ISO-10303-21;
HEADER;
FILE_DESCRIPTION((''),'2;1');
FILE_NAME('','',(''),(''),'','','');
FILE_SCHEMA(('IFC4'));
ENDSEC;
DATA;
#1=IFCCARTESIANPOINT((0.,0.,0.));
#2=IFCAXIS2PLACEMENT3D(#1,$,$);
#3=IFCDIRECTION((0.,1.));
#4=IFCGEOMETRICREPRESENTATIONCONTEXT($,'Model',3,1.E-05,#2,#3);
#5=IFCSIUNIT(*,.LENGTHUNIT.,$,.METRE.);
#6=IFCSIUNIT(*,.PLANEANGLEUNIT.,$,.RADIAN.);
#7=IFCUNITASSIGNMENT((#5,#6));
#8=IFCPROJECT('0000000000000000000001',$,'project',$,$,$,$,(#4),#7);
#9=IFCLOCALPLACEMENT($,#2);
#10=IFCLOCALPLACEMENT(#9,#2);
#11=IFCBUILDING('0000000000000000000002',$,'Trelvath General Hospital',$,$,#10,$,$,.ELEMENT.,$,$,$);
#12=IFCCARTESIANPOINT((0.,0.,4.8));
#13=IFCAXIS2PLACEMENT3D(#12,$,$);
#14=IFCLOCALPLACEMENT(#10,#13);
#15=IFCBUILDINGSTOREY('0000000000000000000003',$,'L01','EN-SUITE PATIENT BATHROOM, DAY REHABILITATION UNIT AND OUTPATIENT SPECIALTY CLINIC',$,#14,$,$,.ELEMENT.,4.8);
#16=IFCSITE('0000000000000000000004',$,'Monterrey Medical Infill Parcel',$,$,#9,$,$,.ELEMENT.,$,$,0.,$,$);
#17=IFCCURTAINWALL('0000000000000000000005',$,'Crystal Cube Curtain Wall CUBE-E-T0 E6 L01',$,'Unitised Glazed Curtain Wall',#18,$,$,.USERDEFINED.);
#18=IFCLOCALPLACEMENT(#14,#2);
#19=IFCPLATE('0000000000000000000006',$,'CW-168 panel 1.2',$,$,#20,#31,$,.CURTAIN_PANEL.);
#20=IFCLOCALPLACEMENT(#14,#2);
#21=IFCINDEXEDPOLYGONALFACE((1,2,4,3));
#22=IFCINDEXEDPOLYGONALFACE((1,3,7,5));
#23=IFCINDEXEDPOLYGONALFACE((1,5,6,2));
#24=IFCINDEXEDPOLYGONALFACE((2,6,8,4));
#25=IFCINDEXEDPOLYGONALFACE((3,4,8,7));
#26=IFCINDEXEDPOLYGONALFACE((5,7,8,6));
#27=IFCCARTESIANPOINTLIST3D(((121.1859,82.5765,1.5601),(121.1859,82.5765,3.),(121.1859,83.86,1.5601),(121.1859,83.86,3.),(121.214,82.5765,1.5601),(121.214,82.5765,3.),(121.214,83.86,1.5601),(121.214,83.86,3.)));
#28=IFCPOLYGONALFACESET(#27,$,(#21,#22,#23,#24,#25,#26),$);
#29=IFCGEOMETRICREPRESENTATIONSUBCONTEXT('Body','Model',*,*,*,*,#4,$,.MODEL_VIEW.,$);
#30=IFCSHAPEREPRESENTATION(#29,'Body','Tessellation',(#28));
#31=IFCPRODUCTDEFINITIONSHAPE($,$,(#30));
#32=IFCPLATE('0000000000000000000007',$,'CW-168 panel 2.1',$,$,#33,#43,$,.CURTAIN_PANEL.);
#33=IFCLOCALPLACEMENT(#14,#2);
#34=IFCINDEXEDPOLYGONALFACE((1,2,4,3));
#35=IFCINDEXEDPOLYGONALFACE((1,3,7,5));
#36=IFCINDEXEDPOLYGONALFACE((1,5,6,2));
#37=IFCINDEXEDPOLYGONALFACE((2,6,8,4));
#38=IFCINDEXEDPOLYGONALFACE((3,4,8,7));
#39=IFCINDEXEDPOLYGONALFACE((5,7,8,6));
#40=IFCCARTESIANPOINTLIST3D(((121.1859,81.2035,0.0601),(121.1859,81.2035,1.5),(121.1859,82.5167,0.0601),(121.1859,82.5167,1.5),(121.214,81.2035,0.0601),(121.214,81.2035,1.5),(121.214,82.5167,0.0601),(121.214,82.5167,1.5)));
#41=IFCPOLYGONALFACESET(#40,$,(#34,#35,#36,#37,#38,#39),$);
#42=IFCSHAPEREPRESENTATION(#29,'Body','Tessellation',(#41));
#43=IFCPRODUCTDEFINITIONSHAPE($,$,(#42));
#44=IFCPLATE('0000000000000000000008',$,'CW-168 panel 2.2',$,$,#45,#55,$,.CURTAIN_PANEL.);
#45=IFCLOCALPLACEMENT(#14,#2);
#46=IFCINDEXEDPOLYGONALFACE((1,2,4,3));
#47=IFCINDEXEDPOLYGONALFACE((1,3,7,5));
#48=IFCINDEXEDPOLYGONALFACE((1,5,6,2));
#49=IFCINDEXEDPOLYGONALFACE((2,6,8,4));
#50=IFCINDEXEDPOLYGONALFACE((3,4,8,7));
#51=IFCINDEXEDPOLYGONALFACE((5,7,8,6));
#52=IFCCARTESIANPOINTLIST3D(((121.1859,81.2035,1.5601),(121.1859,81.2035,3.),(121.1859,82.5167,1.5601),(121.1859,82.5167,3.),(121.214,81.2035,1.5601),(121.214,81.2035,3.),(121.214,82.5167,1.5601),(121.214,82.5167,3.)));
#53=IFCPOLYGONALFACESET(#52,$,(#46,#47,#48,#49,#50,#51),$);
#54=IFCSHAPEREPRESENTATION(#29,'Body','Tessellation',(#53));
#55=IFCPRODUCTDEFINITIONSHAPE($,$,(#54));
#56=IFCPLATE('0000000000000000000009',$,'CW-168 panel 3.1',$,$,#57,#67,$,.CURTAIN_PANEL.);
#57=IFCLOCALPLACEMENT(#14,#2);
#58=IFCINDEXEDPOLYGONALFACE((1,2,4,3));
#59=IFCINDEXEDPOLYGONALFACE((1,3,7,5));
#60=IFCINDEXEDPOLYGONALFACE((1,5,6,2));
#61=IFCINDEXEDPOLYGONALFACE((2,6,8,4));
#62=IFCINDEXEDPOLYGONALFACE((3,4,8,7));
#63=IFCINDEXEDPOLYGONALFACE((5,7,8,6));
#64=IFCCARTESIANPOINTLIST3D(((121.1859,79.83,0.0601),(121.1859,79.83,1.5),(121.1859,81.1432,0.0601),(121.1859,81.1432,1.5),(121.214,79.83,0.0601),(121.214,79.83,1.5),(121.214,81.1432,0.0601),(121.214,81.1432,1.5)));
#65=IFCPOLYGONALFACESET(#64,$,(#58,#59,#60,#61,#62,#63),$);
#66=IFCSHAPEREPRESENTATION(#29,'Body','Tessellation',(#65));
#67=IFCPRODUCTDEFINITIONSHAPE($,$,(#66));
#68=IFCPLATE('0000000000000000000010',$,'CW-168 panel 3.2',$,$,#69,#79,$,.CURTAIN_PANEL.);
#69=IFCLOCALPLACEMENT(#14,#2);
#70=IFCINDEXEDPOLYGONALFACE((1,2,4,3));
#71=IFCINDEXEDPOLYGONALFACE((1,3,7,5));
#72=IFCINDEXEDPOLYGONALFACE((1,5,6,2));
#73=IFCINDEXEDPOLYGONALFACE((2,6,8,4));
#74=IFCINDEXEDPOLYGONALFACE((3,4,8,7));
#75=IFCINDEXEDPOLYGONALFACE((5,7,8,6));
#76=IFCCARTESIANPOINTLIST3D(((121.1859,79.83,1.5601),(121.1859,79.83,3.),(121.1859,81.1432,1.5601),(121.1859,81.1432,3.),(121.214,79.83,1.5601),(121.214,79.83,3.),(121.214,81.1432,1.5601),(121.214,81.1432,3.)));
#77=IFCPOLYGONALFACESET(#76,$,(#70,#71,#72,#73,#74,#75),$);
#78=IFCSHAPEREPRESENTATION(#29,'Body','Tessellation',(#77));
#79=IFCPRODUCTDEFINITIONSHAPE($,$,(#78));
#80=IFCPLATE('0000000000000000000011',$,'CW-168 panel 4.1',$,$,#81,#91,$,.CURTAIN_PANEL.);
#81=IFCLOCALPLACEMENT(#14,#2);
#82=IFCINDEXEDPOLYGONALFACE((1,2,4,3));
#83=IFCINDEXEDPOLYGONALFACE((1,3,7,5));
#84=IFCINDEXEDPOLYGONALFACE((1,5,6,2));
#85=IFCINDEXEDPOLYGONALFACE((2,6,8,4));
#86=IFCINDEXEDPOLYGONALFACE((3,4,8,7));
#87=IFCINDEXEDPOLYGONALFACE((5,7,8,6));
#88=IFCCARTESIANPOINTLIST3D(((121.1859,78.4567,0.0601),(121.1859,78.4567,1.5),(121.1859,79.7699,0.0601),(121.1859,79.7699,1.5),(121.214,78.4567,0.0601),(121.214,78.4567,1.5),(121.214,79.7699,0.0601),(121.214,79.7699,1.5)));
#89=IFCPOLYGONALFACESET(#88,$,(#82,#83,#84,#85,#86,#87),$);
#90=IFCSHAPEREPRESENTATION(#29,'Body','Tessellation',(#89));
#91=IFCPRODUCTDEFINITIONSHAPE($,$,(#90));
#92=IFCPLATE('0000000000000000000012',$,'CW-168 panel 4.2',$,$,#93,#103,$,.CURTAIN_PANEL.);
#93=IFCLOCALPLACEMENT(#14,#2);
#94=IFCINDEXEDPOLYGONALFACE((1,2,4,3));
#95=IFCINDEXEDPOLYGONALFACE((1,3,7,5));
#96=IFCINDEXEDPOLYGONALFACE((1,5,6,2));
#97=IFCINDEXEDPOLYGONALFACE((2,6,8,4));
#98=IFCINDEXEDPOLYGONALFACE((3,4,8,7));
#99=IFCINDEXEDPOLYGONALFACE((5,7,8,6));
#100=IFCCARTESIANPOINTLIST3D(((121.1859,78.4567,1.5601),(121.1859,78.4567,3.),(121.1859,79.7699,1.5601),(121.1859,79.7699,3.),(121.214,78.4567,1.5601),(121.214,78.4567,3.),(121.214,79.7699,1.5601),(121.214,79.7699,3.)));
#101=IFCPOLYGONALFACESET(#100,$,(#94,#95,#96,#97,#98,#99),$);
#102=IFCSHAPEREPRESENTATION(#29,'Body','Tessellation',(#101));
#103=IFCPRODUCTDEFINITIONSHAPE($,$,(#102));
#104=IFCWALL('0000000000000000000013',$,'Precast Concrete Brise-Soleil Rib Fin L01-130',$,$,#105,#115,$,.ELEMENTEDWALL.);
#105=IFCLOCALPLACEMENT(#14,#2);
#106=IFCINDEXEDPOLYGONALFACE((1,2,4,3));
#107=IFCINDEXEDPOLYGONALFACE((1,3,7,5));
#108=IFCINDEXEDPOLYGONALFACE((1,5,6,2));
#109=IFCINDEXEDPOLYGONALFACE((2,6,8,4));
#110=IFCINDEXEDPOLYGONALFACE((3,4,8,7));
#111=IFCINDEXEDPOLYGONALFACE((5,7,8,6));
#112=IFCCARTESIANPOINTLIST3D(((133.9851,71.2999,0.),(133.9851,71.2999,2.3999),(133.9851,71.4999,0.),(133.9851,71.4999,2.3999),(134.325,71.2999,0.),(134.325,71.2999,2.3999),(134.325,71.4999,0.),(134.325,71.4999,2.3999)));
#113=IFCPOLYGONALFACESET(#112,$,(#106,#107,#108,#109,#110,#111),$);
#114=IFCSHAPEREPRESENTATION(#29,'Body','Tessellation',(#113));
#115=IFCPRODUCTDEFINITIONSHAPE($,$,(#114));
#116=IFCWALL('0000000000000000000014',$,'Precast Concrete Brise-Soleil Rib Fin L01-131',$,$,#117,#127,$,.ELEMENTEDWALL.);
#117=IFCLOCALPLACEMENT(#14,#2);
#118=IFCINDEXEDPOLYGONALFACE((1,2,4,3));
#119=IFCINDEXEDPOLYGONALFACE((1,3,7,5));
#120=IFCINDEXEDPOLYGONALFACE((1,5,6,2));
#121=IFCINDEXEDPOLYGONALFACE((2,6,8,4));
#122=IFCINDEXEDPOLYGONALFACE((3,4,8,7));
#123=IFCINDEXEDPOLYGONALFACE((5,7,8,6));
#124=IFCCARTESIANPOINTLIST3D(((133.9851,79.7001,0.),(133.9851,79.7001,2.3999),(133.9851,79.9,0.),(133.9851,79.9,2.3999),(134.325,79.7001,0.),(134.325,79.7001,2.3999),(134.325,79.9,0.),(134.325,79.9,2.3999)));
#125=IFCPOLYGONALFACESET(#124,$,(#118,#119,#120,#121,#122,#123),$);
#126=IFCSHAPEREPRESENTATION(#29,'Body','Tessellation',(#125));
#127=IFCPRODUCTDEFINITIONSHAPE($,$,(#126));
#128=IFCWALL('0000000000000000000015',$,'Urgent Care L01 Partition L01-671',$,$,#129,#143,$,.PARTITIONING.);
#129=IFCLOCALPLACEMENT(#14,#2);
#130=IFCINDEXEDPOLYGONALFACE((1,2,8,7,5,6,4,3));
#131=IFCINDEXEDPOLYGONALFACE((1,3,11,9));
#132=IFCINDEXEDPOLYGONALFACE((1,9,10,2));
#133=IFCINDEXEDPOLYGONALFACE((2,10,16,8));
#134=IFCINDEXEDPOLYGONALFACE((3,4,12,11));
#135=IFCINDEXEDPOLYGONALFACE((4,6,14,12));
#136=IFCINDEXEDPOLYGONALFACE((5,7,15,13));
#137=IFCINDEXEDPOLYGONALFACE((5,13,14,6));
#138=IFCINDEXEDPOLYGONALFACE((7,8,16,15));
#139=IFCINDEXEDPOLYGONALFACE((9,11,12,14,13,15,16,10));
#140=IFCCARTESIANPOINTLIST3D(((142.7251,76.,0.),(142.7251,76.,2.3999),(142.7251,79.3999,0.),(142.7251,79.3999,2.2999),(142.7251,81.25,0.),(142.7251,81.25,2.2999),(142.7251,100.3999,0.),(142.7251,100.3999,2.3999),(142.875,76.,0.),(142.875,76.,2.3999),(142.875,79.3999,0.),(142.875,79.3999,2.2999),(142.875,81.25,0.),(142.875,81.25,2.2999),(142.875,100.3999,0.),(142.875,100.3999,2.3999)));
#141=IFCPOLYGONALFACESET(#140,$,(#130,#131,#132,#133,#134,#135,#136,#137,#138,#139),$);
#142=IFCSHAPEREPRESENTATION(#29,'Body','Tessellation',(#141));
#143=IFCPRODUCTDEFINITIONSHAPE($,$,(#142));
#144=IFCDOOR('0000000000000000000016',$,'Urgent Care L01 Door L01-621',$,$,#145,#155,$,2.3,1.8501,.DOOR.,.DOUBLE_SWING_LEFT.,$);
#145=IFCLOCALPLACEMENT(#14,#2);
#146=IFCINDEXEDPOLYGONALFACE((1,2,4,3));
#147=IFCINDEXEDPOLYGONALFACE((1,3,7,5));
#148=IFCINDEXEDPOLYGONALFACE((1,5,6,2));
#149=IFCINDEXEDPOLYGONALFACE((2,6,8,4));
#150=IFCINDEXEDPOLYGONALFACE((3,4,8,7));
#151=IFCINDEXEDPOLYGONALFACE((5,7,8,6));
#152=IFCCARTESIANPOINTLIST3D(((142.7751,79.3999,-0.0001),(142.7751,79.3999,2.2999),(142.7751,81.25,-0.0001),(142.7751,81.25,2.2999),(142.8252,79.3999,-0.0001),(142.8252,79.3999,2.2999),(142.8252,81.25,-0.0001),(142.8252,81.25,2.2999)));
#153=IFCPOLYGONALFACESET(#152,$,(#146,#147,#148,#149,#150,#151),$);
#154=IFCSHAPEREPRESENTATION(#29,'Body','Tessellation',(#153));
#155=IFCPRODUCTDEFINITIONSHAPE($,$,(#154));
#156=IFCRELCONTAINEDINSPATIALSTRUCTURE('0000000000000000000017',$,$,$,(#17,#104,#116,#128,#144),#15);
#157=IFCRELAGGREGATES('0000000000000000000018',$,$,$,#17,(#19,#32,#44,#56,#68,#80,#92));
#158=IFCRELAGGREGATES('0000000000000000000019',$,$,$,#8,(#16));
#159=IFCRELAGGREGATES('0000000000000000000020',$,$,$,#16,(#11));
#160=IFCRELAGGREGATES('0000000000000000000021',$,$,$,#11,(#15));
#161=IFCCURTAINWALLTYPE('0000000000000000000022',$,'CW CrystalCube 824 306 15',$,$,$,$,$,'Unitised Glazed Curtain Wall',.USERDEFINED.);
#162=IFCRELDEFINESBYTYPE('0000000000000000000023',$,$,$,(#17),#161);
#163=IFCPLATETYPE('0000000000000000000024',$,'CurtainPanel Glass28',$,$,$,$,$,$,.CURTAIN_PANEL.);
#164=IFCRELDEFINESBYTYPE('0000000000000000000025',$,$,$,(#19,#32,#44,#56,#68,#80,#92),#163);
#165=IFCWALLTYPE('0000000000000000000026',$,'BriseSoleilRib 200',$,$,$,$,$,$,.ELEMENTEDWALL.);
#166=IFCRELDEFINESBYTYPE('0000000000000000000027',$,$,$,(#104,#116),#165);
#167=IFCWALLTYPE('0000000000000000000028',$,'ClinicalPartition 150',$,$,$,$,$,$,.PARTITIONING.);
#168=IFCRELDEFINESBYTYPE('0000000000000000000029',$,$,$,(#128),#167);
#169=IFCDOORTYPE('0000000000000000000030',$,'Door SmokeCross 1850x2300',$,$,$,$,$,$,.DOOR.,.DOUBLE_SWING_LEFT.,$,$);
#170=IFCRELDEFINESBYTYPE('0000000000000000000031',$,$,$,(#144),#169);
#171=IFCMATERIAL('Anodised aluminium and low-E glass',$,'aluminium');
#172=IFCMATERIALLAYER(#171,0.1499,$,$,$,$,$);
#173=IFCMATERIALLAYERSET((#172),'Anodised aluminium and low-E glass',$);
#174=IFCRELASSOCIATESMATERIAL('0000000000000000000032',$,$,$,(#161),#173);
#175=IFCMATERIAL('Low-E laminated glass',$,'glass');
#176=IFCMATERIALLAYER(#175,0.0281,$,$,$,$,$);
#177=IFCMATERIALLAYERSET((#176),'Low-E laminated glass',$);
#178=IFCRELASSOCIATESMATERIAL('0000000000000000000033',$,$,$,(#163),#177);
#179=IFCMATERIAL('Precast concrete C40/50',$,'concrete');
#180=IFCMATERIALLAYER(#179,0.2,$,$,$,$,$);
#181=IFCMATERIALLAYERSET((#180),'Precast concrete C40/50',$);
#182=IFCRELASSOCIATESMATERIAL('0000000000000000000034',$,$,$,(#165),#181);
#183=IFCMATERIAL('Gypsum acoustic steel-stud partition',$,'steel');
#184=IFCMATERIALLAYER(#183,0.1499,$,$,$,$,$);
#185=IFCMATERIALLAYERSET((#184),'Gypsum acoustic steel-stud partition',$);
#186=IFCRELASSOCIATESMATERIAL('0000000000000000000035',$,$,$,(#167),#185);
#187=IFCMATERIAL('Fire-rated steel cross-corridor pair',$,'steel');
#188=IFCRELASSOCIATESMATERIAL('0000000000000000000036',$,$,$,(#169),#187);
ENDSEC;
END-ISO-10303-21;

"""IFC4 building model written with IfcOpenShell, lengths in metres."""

from ifc_helpers import new_model, si_unit, direction, frame, frame_2d, origin, origin_2d, place, context, subcontext, project, spatial, rectangle, extrude, material, layer, layer_set, type_object, element, fill, aggregate, save


model = new_model("IFC4")

# Units and contexts
model_context = context("Model", 3, precision=1e-05, world=origin(), true_north=direction((0.0, 1.0)))
body_context = subcontext(model_context, "Body", "Model", "MODEL_VIEW")
ifc_project = project(units=[si_unit("LENGTHUNIT", "METRE"), si_unit("PLANEANGLEUNIT", "RADIAN")], contexts=[model_context])

# Site, building, storey
site_placement = place(None, origin())
site = spatial("IfcSite", under=ifc_project, at=site_placement, Name="Monterrey Medical Infill Parcel", CompositionType="ELEMENT", RefElevation=0.0)
building_placement = place(site_placement, origin())
building = spatial("IfcBuilding", under=site, at=building_placement, Name="Trelvath General Hospital", CompositionType="ELEMENT")
storey_placement = place(building_placement, frame((0.0, 0.0, 4.8)))
storey = spatial("IfcBuildingStorey", under=building, at=storey_placement, Name="L01", Description="EN-SUITE PATIENT BATHROOM, DAY REHABILITATION UNIT AND OUTPATIENT SPECIALTY CLINIC", CompositionType="ELEMENT", Elevation=4.8)

# Curtain wall, plates
ifc_material_1 = material(Name="Anodised aluminium and low-E glass", Category="aluminium")
ifc_layer_1 = layer(ifc_material_1, 0.1499)
ifc_layer_set_1 = layer_set([ifc_layer_1], Name="Anodised aluminium and low-E glass")
curtain_wall_type = type_object("IfcCurtainWallType", Name="CW CrystalCube 824 306 15", ElementType="Unitised Glazed Curtain Wall", PredefinedType="USERDEFINED", material=ifc_layer_set_1)
curtain_wall_placement = place(storey_placement, origin())
curtain_wall = element("IfcCurtainWall", 1, at=curtain_wall_placement, inside=storey, type_object=curtain_wall_type, Name="Crystal Cube Curtain Wall CUBE-E-T0 E6 L01", ObjectType="Unitised Glazed Curtain Wall", PredefinedType="USERDEFINED")
ifc_material_2 = material(Name="Low-E laminated glass", Category="glass")
ifc_layer_2 = layer(ifc_material_2, 0.0281)
ifc_layer_set_2 = layer_set([ifc_layer_2], Name="Low-E laminated glass")
plate_type = type_object("IfcPlateType", Name="CurtainPanel Glass28", PredefinedType="CURTAIN_PANEL", material=ifc_layer_set_2)
plate_1_placement = place(storey_placement, frame((121.2, 83.2183, 1.5601), z_axis=(0.0, 0.0, 1.0), x_axis=(0.0, -1.0, 0.0)))
plate_1 = element("IfcPlate", 2, at=plate_1_placement, type_object=plate_type, Name="CW-168 panel 1.2", PredefinedType="CURTAIN_PANEL", context=body_context, shape_type="SweptSolid", body=[
    extrude(rectangle(XDim=1.2834, YDim=0.0281, at=origin_2d()), origin(), (0.0, 0.0, 1.0), 1.4399),
])
plate_2_placement = place(storey_placement, frame((121.2, 81.8601, 0.0601), z_axis=(0.0, 0.0, 1.0), x_axis=(0.0, -1.0, 0.0)))
plate_2 = element("IfcPlate", 3, at=plate_2_placement, type_object=plate_type, Name="CW-168 panel 2.1", PredefinedType="CURTAIN_PANEL", context=body_context, shape_type="SweptSolid", body=[
    extrude(rectangle(XDim=1.3132, YDim=0.0281, at=origin_2d()), origin(), (0.0, 0.0, 1.0), 1.4399),
])
plate_3_placement = place(storey_placement, frame((121.2, 81.8601, 1.5601), z_axis=(0.0, 0.0, 1.0), x_axis=(0.0, -1.0, 0.0)))
plate_3 = element("IfcPlate", 4, at=plate_3_placement, type_object=plate_type, Name="CW-168 panel 2.2", PredefinedType="CURTAIN_PANEL", context=body_context, shape_type="SweptSolid", body=[
    extrude(rectangle(XDim=1.3132, YDim=0.0281, at=origin_2d()), origin(), (0.0, 0.0, 1.0), 1.4399),
])
plate_4_placement = place(storey_placement, frame((121.2, 80.4866, 0.0601), z_axis=(0.0, 0.0, 1.0), x_axis=(0.0, -1.0, 0.0)))
plate_4 = element("IfcPlate", 5, at=plate_4_placement, type_object=plate_type, Name="CW-168 panel 3.1", PredefinedType="CURTAIN_PANEL", context=body_context, shape_type="SweptSolid", body=[
    extrude(rectangle(XDim=1.3132, YDim=0.0281, at=origin_2d()), origin(), (0.0, 0.0, 1.0), 1.4399),
])
plate_5_placement = place(storey_placement, frame((121.2, 80.4866, 1.5601), z_axis=(0.0, 0.0, 1.0), x_axis=(0.0, -1.0, 0.0)))
plate_5 = element("IfcPlate", 6, at=plate_5_placement, type_object=plate_type, Name="CW-168 panel 3.2", PredefinedType="CURTAIN_PANEL", context=body_context, shape_type="SweptSolid", body=[
    extrude(rectangle(XDim=1.3132, YDim=0.0281, at=origin_2d()), origin(), (0.0, 0.0, 1.0), 1.4399),
])
plate_6_placement = place(storey_placement, frame((121.2, 79.1133, 0.0601), z_axis=(0.0, 0.0, 1.0), x_axis=(0.0, -1.0, 0.0)))
plate_6 = element("IfcPlate", 7, at=plate_6_placement, type_object=plate_type, Name="CW-168 panel 4.1", PredefinedType="CURTAIN_PANEL", context=body_context, shape_type="SweptSolid", body=[
    extrude(rectangle(XDim=1.3132, YDim=0.0281, at=origin_2d()), origin(), (0.0, 0.0, 1.0), 1.4399),
])
plate_7_placement = place(storey_placement, frame((121.2, 79.1133, 1.5601), z_axis=(0.0, 0.0, 1.0), x_axis=(0.0, -1.0, 0.0)))
plate_7 = element("IfcPlate", 8, at=plate_7_placement, type_object=plate_type, Name="CW-168 panel 4.2", PredefinedType="CURTAIN_PANEL", context=body_context, shape_type="SweptSolid", body=[
    extrude(rectangle(XDim=1.3132, YDim=0.0281, at=origin_2d()), origin(), (0.0, 0.0, 1.0), 1.4399),
])
aggregate(curtain_wall, [plate_1, plate_2, plate_3, plate_4, plate_5, plate_6, plate_7])

# Walls
ifc_material_3 = material(Name="Precast concrete C40/50", Category="concrete")
ifc_layer_3 = layer(ifc_material_3, 0.2)
ifc_layer_set_3 = layer_set([ifc_layer_3], Name="Precast concrete C40/50")
wall_type_1 = type_object("IfcWallType", Name="BriseSoleilRib 200", PredefinedType="ELEMENTEDWALL", material=ifc_layer_set_3)
for number, where, z_axis, x_axis, name in (
    (9, (134.325, 71.3999, 0.0), (0.0, 0.0, 1.0), (-1.0, 0.0, 0.0), "Precast Concrete Brise-Soleil Rib Fin L01-130"),
    (10, (134.325, 79.8, 0.0), (0.0, 0.0, 1.0), (-1.0, 0.0, 0.0), "Precast Concrete Brise-Soleil Rib Fin L01-131"),
):
    element("IfcWall", number, at=place(storey_placement, frame(where, z_axis=z_axis, x_axis=x_axis)), inside=storey, type_object=wall_type_1, Name=name, PredefinedType="ELEMENTEDWALL", context=body_context, shape_type="SweptSolid", body=[
        extrude(rectangle(XDim=0.3398, YDim=0.2, at=frame_2d((0.1699, 0.0))), origin(), (0.0, 0.0, 1.0), 2.3999),
    ])

# Wall, opening, door
ifc_material_4 = material(Name="Gypsum acoustic steel-stud partition", Category="steel")
ifc_layer_4 = layer(ifc_material_4, 0.1499)
ifc_layer_set_4 = layer_set([ifc_layer_4], Name="Gypsum acoustic steel-stud partition")
wall_type_2 = type_object("IfcWallType", Name="ClinicalPartition 150", PredefinedType="PARTITIONING", material=ifc_layer_set_4)
wall_1_placement = place(storey_placement, frame((142.8, 76.0, 0.0), z_axis=(0.0, 0.0, 1.0), x_axis=(0.0, 1.0, 0.0)))
wall_1 = element("IfcWall", 11, at=wall_1_placement, inside=storey, type_object=wall_type_2, Name="Urgent Care L01 Partition L01-671", PredefinedType="PARTITIONING", context=body_context, shape_type="SweptSolid", body=[
    extrude(rectangle(XDim=24.3999, YDim=0.1499, at=frame_2d((12.2, 0.0))), origin(), (0.0, 0.0, 1.0), 2.3999),
])
opening_1_placement = place(wall_1_placement, frame((3.3999, 0.0, 0.0)))
opening_1 = element("IfcOpeningElement", 12, at=opening_1_placement, cuts=wall_1, PredefinedType="OPENING", context=body_context, shape_type="SweptSolid", body=[
    extrude(rectangle(XDim=1.8501, YDim=2.3, at=frame_2d((0.925, 1.1499))), frame((0.0, 0.085, 0.0), z_axis=(0.0, -1.0, 0.0), x_axis=(1.0, 0.0, 0.0)), (0.0, 0.0, 1.0), 0.1699),
])
ifc_material_5 = material(Name="Fire-rated steel cross-corridor pair", Category="steel")
door_type = type_object("IfcDoorType", Name="Door SmokeCross 1850x2300", OperationType="DOUBLE_SWING_LEFT", PredefinedType="DOOR", material=ifc_material_5)
door_placement = place(opening_1_placement, origin())
door = element("IfcDoor", 13, at=door_placement, inside=storey, type_object=door_type, Name="Urgent Care L01 Door L01-621", OperationType="DOUBLE_SWING_LEFT", OverallHeight=2.3, OverallWidth=1.8501, PredefinedType="DOOR", context=body_context, shape_type="SweptSolid", body=[
    extrude(rectangle(XDim=1.8501, YDim=2.3, at=frame_2d((0.925, 1.1499))), frame((0.0, 0.0249, 0.0), z_axis=(0.0, -1.0, 0.0), x_axis=(1.0, 0.0, 0.0)), (0.0, 0.0, 1.0), 0.05),
])
fill(opening_1, door)

save(model, "model.ifc")
